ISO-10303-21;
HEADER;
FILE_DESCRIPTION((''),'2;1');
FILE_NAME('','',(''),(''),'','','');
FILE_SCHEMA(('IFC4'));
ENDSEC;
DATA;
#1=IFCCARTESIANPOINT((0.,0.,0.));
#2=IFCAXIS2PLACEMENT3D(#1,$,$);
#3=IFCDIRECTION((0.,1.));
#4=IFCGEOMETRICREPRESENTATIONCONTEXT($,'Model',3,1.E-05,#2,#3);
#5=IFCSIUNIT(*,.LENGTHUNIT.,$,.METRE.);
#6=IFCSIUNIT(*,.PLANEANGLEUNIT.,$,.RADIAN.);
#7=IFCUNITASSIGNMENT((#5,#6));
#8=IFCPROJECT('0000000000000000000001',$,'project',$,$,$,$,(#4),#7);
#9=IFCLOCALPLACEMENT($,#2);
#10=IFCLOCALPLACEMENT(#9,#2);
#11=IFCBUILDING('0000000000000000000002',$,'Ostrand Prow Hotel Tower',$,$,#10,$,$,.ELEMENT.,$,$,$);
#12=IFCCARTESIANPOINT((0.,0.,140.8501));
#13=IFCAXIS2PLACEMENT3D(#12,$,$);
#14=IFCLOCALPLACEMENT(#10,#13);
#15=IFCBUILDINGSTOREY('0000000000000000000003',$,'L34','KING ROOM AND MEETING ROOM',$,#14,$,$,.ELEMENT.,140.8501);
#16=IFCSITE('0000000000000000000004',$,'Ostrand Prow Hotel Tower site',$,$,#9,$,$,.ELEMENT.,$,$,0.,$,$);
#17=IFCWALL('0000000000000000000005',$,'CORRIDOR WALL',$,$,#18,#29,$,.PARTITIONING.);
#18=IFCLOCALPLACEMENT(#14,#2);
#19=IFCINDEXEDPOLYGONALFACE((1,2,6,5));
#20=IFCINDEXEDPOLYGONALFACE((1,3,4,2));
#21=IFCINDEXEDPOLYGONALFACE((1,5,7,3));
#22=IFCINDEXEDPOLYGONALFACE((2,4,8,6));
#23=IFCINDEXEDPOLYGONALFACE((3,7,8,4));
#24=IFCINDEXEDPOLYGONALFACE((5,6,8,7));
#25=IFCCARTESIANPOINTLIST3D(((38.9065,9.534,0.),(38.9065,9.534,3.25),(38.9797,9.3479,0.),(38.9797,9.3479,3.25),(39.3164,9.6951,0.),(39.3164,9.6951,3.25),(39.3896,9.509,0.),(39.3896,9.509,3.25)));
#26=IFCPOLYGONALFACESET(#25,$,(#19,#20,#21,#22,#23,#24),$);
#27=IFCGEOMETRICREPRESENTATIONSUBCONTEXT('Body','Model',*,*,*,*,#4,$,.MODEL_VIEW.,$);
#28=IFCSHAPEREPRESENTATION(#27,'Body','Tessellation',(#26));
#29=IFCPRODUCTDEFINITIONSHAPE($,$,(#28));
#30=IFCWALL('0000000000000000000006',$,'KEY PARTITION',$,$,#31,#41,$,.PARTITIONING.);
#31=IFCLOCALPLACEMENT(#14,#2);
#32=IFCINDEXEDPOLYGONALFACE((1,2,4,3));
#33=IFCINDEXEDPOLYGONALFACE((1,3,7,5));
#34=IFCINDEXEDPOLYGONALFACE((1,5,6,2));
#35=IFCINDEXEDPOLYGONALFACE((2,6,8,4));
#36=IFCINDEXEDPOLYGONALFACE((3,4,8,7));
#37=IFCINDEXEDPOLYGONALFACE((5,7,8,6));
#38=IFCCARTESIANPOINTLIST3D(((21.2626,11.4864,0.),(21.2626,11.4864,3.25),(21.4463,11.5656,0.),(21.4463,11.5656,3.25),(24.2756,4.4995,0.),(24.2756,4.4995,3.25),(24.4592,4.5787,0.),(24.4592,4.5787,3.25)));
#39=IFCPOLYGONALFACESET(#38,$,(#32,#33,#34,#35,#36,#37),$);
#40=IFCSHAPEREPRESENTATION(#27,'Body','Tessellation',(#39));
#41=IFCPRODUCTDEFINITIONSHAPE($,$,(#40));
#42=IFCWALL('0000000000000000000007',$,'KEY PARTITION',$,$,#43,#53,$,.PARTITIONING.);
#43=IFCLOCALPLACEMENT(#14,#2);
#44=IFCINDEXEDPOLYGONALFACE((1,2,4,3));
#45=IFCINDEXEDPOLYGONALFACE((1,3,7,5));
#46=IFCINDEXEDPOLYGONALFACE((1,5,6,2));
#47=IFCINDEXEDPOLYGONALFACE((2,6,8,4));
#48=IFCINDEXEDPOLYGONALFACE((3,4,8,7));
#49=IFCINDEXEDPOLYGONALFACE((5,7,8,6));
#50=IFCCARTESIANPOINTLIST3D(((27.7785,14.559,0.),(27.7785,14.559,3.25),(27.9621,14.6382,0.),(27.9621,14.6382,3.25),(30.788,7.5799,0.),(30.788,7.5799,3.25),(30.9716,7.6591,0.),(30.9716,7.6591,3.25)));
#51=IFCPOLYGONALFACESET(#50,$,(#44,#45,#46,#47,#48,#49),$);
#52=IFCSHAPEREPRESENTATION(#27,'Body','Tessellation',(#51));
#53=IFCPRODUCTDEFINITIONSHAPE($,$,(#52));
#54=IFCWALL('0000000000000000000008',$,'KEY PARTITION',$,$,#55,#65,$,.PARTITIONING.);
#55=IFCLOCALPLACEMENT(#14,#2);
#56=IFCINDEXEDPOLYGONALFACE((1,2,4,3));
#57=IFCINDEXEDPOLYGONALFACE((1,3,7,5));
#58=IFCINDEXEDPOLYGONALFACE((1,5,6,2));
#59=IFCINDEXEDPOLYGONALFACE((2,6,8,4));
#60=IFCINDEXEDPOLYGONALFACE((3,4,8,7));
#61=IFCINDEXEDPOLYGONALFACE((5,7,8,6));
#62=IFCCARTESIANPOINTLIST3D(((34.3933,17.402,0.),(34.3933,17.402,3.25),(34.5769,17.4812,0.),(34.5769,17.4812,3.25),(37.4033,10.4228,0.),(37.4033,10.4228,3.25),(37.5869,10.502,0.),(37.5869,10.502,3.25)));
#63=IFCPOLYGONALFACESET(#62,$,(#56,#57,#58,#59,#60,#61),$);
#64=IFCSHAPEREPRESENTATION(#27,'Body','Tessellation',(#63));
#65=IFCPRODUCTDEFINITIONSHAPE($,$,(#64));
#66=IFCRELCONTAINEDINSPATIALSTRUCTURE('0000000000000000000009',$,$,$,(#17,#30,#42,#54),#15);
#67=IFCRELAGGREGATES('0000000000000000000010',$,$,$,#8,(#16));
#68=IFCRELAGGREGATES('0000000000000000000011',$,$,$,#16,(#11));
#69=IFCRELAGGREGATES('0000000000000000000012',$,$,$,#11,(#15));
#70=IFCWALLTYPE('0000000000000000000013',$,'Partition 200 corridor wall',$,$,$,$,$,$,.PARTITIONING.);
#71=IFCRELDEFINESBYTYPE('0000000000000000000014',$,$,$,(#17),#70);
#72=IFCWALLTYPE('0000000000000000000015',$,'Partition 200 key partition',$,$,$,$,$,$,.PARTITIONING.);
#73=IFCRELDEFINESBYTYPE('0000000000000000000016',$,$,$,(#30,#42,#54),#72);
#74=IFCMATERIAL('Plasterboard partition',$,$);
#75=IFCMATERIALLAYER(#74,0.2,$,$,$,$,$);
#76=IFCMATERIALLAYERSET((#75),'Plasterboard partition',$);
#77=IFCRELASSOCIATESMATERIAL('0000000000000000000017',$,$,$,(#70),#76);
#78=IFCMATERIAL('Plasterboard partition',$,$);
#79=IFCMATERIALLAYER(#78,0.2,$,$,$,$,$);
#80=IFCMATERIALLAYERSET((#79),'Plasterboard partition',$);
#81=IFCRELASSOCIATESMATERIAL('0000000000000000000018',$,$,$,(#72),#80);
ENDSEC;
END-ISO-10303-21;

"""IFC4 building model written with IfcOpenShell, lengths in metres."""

from ifc_helpers import new_model, si_unit, direction, frame, frame_2d, origin, place, context, subcontext, project, spatial, rectangle, extrude, material, layer, layer_set, type_object, element, save


model = new_model("IFC4")

# Units and contexts
model_context = context("Model", 3, precision=1e-05, world=origin(), true_north=direction((0.0, 1.0)))
body_context = subcontext(model_context, "Body", "Model", "MODEL_VIEW")
ifc_project = project(units=[si_unit("LENGTHUNIT", "METRE"), si_unit("PLANEANGLEUNIT", "RADIAN")], contexts=[model_context])

# Site, building, storey
site_placement = place(None, origin())
site = spatial("IfcSite", under=ifc_project, at=site_placement, Name="Ostrand Prow Hotel Tower site", CompositionType="ELEMENT", RefElevation=0.0)
building_placement = place(site_placement, origin())
building = spatial("IfcBuilding", under=site, at=building_placement, Name="Ostrand Prow Hotel Tower", CompositionType="ELEMENT")
storey_placement = place(building_placement, frame((0.0, 0.0, 140.8501)))
storey = spatial("IfcBuildingStorey", under=building, at=storey_placement, Name="L34", Description="KING ROOM AND MEETING ROOM", CompositionType="ELEMENT", Elevation=140.8501)

# Shared definitions
ifc_material_1 = material(Name="Plasterboard partition")
ifc_layer_1 = layer(ifc_material_1, 0.2)
ifc_layer_set_1 = layer_set([ifc_layer_1], Name="Plasterboard partition")
wall_type_1 = type_object("IfcWallType", Name="Partition 200 corridor wall", PredefinedType="PARTITIONING", material=ifc_layer_set_1)

# Walls
wall_1_placement = place(storey_placement, frame((38.9431, 9.4409, 0.0), z_axis=(0.0, 0.0, 1.0), x_axis=(0.930677, 0.365841, 0.0)))
element("IfcWall", 1, at=wall_1_placement, inside=storey, type_object=wall_type_1, Name="CORRIDOR WALL", PredefinedType="PARTITIONING", context=body_context, shape_type="SweptSolid", body=[
    extrude(rectangle(XDim=0.4404, YDim=0.2, at=frame_2d((0.2202, 0.0))), origin(), (0.0, 0.0, 1.0), 3.25),
])
ifc_material_2 = material(Name="Plasterboard partition")
ifc_layer_2 = layer(ifc_material_2, 0.2)
ifc_layer_set_2 = layer_set([ifc_layer_2], Name="Plasterboard partition")
wall_type_2 = type_object("IfcWallType", Name="Partition 200 key partition", PredefinedType="PARTITIONING", material=ifc_layer_set_2)
wall_2_placement = place(storey_placement, frame((24.3674, 4.5391, 0.0), z_axis=(0.0, 0.0, 1.0), x_axis=(-0.395982, 0.918258, 0.0)))
element("IfcWall", 2, at=wall_2_placement, inside=storey, type_object=wall_type_2, Name="KEY PARTITION", PredefinedType="PARTITIONING", context=body_context, shape_type="SweptSolid", body=[
    extrude(rectangle(XDim=7.6089, YDim=0.2, at=frame_2d((3.8044, 0.0))), origin(), (0.0, 0.0, 1.0), 3.25),
])
wall_3_placement = place(storey_placement, frame((30.8799, 7.6194, 0.0), z_axis=(0.0, 0.0, 1.0), x_axis=(-0.395977, 0.91826, 0.0)))
element("IfcWall", 3, at=wall_3_placement, inside=storey, type_object=wall_type_2, Name="KEY PARTITION", PredefinedType="PARTITIONING", context=body_context, shape_type="SweptSolid", body=[
    extrude(rectangle(XDim=7.6003, YDim=0.2, at=frame_2d((3.8003, 0.0))), origin(), (0.0, 0.0, 1.0), 3.25),
])
wall_4_placement = place(storey_placement, frame((37.4951, 10.4624, 0.0), z_axis=(0.0, 0.0, 1.0), x_axis=(-0.396019, 0.918242, 0.0)))
element("IfcWall", 4, at=wall_4_placement, inside=storey, type_object=wall_type_2, Name="KEY PARTITION", PredefinedType="PARTITIONING", context=body_context, shape_type="SweptSolid", body=[
    extrude(rectangle(XDim=7.6006, YDim=0.2, at=frame_2d((3.8003, 0.0))), origin(), (0.0, 0.0, 1.0), 3.25),
])

save(model, "model.ifc")
